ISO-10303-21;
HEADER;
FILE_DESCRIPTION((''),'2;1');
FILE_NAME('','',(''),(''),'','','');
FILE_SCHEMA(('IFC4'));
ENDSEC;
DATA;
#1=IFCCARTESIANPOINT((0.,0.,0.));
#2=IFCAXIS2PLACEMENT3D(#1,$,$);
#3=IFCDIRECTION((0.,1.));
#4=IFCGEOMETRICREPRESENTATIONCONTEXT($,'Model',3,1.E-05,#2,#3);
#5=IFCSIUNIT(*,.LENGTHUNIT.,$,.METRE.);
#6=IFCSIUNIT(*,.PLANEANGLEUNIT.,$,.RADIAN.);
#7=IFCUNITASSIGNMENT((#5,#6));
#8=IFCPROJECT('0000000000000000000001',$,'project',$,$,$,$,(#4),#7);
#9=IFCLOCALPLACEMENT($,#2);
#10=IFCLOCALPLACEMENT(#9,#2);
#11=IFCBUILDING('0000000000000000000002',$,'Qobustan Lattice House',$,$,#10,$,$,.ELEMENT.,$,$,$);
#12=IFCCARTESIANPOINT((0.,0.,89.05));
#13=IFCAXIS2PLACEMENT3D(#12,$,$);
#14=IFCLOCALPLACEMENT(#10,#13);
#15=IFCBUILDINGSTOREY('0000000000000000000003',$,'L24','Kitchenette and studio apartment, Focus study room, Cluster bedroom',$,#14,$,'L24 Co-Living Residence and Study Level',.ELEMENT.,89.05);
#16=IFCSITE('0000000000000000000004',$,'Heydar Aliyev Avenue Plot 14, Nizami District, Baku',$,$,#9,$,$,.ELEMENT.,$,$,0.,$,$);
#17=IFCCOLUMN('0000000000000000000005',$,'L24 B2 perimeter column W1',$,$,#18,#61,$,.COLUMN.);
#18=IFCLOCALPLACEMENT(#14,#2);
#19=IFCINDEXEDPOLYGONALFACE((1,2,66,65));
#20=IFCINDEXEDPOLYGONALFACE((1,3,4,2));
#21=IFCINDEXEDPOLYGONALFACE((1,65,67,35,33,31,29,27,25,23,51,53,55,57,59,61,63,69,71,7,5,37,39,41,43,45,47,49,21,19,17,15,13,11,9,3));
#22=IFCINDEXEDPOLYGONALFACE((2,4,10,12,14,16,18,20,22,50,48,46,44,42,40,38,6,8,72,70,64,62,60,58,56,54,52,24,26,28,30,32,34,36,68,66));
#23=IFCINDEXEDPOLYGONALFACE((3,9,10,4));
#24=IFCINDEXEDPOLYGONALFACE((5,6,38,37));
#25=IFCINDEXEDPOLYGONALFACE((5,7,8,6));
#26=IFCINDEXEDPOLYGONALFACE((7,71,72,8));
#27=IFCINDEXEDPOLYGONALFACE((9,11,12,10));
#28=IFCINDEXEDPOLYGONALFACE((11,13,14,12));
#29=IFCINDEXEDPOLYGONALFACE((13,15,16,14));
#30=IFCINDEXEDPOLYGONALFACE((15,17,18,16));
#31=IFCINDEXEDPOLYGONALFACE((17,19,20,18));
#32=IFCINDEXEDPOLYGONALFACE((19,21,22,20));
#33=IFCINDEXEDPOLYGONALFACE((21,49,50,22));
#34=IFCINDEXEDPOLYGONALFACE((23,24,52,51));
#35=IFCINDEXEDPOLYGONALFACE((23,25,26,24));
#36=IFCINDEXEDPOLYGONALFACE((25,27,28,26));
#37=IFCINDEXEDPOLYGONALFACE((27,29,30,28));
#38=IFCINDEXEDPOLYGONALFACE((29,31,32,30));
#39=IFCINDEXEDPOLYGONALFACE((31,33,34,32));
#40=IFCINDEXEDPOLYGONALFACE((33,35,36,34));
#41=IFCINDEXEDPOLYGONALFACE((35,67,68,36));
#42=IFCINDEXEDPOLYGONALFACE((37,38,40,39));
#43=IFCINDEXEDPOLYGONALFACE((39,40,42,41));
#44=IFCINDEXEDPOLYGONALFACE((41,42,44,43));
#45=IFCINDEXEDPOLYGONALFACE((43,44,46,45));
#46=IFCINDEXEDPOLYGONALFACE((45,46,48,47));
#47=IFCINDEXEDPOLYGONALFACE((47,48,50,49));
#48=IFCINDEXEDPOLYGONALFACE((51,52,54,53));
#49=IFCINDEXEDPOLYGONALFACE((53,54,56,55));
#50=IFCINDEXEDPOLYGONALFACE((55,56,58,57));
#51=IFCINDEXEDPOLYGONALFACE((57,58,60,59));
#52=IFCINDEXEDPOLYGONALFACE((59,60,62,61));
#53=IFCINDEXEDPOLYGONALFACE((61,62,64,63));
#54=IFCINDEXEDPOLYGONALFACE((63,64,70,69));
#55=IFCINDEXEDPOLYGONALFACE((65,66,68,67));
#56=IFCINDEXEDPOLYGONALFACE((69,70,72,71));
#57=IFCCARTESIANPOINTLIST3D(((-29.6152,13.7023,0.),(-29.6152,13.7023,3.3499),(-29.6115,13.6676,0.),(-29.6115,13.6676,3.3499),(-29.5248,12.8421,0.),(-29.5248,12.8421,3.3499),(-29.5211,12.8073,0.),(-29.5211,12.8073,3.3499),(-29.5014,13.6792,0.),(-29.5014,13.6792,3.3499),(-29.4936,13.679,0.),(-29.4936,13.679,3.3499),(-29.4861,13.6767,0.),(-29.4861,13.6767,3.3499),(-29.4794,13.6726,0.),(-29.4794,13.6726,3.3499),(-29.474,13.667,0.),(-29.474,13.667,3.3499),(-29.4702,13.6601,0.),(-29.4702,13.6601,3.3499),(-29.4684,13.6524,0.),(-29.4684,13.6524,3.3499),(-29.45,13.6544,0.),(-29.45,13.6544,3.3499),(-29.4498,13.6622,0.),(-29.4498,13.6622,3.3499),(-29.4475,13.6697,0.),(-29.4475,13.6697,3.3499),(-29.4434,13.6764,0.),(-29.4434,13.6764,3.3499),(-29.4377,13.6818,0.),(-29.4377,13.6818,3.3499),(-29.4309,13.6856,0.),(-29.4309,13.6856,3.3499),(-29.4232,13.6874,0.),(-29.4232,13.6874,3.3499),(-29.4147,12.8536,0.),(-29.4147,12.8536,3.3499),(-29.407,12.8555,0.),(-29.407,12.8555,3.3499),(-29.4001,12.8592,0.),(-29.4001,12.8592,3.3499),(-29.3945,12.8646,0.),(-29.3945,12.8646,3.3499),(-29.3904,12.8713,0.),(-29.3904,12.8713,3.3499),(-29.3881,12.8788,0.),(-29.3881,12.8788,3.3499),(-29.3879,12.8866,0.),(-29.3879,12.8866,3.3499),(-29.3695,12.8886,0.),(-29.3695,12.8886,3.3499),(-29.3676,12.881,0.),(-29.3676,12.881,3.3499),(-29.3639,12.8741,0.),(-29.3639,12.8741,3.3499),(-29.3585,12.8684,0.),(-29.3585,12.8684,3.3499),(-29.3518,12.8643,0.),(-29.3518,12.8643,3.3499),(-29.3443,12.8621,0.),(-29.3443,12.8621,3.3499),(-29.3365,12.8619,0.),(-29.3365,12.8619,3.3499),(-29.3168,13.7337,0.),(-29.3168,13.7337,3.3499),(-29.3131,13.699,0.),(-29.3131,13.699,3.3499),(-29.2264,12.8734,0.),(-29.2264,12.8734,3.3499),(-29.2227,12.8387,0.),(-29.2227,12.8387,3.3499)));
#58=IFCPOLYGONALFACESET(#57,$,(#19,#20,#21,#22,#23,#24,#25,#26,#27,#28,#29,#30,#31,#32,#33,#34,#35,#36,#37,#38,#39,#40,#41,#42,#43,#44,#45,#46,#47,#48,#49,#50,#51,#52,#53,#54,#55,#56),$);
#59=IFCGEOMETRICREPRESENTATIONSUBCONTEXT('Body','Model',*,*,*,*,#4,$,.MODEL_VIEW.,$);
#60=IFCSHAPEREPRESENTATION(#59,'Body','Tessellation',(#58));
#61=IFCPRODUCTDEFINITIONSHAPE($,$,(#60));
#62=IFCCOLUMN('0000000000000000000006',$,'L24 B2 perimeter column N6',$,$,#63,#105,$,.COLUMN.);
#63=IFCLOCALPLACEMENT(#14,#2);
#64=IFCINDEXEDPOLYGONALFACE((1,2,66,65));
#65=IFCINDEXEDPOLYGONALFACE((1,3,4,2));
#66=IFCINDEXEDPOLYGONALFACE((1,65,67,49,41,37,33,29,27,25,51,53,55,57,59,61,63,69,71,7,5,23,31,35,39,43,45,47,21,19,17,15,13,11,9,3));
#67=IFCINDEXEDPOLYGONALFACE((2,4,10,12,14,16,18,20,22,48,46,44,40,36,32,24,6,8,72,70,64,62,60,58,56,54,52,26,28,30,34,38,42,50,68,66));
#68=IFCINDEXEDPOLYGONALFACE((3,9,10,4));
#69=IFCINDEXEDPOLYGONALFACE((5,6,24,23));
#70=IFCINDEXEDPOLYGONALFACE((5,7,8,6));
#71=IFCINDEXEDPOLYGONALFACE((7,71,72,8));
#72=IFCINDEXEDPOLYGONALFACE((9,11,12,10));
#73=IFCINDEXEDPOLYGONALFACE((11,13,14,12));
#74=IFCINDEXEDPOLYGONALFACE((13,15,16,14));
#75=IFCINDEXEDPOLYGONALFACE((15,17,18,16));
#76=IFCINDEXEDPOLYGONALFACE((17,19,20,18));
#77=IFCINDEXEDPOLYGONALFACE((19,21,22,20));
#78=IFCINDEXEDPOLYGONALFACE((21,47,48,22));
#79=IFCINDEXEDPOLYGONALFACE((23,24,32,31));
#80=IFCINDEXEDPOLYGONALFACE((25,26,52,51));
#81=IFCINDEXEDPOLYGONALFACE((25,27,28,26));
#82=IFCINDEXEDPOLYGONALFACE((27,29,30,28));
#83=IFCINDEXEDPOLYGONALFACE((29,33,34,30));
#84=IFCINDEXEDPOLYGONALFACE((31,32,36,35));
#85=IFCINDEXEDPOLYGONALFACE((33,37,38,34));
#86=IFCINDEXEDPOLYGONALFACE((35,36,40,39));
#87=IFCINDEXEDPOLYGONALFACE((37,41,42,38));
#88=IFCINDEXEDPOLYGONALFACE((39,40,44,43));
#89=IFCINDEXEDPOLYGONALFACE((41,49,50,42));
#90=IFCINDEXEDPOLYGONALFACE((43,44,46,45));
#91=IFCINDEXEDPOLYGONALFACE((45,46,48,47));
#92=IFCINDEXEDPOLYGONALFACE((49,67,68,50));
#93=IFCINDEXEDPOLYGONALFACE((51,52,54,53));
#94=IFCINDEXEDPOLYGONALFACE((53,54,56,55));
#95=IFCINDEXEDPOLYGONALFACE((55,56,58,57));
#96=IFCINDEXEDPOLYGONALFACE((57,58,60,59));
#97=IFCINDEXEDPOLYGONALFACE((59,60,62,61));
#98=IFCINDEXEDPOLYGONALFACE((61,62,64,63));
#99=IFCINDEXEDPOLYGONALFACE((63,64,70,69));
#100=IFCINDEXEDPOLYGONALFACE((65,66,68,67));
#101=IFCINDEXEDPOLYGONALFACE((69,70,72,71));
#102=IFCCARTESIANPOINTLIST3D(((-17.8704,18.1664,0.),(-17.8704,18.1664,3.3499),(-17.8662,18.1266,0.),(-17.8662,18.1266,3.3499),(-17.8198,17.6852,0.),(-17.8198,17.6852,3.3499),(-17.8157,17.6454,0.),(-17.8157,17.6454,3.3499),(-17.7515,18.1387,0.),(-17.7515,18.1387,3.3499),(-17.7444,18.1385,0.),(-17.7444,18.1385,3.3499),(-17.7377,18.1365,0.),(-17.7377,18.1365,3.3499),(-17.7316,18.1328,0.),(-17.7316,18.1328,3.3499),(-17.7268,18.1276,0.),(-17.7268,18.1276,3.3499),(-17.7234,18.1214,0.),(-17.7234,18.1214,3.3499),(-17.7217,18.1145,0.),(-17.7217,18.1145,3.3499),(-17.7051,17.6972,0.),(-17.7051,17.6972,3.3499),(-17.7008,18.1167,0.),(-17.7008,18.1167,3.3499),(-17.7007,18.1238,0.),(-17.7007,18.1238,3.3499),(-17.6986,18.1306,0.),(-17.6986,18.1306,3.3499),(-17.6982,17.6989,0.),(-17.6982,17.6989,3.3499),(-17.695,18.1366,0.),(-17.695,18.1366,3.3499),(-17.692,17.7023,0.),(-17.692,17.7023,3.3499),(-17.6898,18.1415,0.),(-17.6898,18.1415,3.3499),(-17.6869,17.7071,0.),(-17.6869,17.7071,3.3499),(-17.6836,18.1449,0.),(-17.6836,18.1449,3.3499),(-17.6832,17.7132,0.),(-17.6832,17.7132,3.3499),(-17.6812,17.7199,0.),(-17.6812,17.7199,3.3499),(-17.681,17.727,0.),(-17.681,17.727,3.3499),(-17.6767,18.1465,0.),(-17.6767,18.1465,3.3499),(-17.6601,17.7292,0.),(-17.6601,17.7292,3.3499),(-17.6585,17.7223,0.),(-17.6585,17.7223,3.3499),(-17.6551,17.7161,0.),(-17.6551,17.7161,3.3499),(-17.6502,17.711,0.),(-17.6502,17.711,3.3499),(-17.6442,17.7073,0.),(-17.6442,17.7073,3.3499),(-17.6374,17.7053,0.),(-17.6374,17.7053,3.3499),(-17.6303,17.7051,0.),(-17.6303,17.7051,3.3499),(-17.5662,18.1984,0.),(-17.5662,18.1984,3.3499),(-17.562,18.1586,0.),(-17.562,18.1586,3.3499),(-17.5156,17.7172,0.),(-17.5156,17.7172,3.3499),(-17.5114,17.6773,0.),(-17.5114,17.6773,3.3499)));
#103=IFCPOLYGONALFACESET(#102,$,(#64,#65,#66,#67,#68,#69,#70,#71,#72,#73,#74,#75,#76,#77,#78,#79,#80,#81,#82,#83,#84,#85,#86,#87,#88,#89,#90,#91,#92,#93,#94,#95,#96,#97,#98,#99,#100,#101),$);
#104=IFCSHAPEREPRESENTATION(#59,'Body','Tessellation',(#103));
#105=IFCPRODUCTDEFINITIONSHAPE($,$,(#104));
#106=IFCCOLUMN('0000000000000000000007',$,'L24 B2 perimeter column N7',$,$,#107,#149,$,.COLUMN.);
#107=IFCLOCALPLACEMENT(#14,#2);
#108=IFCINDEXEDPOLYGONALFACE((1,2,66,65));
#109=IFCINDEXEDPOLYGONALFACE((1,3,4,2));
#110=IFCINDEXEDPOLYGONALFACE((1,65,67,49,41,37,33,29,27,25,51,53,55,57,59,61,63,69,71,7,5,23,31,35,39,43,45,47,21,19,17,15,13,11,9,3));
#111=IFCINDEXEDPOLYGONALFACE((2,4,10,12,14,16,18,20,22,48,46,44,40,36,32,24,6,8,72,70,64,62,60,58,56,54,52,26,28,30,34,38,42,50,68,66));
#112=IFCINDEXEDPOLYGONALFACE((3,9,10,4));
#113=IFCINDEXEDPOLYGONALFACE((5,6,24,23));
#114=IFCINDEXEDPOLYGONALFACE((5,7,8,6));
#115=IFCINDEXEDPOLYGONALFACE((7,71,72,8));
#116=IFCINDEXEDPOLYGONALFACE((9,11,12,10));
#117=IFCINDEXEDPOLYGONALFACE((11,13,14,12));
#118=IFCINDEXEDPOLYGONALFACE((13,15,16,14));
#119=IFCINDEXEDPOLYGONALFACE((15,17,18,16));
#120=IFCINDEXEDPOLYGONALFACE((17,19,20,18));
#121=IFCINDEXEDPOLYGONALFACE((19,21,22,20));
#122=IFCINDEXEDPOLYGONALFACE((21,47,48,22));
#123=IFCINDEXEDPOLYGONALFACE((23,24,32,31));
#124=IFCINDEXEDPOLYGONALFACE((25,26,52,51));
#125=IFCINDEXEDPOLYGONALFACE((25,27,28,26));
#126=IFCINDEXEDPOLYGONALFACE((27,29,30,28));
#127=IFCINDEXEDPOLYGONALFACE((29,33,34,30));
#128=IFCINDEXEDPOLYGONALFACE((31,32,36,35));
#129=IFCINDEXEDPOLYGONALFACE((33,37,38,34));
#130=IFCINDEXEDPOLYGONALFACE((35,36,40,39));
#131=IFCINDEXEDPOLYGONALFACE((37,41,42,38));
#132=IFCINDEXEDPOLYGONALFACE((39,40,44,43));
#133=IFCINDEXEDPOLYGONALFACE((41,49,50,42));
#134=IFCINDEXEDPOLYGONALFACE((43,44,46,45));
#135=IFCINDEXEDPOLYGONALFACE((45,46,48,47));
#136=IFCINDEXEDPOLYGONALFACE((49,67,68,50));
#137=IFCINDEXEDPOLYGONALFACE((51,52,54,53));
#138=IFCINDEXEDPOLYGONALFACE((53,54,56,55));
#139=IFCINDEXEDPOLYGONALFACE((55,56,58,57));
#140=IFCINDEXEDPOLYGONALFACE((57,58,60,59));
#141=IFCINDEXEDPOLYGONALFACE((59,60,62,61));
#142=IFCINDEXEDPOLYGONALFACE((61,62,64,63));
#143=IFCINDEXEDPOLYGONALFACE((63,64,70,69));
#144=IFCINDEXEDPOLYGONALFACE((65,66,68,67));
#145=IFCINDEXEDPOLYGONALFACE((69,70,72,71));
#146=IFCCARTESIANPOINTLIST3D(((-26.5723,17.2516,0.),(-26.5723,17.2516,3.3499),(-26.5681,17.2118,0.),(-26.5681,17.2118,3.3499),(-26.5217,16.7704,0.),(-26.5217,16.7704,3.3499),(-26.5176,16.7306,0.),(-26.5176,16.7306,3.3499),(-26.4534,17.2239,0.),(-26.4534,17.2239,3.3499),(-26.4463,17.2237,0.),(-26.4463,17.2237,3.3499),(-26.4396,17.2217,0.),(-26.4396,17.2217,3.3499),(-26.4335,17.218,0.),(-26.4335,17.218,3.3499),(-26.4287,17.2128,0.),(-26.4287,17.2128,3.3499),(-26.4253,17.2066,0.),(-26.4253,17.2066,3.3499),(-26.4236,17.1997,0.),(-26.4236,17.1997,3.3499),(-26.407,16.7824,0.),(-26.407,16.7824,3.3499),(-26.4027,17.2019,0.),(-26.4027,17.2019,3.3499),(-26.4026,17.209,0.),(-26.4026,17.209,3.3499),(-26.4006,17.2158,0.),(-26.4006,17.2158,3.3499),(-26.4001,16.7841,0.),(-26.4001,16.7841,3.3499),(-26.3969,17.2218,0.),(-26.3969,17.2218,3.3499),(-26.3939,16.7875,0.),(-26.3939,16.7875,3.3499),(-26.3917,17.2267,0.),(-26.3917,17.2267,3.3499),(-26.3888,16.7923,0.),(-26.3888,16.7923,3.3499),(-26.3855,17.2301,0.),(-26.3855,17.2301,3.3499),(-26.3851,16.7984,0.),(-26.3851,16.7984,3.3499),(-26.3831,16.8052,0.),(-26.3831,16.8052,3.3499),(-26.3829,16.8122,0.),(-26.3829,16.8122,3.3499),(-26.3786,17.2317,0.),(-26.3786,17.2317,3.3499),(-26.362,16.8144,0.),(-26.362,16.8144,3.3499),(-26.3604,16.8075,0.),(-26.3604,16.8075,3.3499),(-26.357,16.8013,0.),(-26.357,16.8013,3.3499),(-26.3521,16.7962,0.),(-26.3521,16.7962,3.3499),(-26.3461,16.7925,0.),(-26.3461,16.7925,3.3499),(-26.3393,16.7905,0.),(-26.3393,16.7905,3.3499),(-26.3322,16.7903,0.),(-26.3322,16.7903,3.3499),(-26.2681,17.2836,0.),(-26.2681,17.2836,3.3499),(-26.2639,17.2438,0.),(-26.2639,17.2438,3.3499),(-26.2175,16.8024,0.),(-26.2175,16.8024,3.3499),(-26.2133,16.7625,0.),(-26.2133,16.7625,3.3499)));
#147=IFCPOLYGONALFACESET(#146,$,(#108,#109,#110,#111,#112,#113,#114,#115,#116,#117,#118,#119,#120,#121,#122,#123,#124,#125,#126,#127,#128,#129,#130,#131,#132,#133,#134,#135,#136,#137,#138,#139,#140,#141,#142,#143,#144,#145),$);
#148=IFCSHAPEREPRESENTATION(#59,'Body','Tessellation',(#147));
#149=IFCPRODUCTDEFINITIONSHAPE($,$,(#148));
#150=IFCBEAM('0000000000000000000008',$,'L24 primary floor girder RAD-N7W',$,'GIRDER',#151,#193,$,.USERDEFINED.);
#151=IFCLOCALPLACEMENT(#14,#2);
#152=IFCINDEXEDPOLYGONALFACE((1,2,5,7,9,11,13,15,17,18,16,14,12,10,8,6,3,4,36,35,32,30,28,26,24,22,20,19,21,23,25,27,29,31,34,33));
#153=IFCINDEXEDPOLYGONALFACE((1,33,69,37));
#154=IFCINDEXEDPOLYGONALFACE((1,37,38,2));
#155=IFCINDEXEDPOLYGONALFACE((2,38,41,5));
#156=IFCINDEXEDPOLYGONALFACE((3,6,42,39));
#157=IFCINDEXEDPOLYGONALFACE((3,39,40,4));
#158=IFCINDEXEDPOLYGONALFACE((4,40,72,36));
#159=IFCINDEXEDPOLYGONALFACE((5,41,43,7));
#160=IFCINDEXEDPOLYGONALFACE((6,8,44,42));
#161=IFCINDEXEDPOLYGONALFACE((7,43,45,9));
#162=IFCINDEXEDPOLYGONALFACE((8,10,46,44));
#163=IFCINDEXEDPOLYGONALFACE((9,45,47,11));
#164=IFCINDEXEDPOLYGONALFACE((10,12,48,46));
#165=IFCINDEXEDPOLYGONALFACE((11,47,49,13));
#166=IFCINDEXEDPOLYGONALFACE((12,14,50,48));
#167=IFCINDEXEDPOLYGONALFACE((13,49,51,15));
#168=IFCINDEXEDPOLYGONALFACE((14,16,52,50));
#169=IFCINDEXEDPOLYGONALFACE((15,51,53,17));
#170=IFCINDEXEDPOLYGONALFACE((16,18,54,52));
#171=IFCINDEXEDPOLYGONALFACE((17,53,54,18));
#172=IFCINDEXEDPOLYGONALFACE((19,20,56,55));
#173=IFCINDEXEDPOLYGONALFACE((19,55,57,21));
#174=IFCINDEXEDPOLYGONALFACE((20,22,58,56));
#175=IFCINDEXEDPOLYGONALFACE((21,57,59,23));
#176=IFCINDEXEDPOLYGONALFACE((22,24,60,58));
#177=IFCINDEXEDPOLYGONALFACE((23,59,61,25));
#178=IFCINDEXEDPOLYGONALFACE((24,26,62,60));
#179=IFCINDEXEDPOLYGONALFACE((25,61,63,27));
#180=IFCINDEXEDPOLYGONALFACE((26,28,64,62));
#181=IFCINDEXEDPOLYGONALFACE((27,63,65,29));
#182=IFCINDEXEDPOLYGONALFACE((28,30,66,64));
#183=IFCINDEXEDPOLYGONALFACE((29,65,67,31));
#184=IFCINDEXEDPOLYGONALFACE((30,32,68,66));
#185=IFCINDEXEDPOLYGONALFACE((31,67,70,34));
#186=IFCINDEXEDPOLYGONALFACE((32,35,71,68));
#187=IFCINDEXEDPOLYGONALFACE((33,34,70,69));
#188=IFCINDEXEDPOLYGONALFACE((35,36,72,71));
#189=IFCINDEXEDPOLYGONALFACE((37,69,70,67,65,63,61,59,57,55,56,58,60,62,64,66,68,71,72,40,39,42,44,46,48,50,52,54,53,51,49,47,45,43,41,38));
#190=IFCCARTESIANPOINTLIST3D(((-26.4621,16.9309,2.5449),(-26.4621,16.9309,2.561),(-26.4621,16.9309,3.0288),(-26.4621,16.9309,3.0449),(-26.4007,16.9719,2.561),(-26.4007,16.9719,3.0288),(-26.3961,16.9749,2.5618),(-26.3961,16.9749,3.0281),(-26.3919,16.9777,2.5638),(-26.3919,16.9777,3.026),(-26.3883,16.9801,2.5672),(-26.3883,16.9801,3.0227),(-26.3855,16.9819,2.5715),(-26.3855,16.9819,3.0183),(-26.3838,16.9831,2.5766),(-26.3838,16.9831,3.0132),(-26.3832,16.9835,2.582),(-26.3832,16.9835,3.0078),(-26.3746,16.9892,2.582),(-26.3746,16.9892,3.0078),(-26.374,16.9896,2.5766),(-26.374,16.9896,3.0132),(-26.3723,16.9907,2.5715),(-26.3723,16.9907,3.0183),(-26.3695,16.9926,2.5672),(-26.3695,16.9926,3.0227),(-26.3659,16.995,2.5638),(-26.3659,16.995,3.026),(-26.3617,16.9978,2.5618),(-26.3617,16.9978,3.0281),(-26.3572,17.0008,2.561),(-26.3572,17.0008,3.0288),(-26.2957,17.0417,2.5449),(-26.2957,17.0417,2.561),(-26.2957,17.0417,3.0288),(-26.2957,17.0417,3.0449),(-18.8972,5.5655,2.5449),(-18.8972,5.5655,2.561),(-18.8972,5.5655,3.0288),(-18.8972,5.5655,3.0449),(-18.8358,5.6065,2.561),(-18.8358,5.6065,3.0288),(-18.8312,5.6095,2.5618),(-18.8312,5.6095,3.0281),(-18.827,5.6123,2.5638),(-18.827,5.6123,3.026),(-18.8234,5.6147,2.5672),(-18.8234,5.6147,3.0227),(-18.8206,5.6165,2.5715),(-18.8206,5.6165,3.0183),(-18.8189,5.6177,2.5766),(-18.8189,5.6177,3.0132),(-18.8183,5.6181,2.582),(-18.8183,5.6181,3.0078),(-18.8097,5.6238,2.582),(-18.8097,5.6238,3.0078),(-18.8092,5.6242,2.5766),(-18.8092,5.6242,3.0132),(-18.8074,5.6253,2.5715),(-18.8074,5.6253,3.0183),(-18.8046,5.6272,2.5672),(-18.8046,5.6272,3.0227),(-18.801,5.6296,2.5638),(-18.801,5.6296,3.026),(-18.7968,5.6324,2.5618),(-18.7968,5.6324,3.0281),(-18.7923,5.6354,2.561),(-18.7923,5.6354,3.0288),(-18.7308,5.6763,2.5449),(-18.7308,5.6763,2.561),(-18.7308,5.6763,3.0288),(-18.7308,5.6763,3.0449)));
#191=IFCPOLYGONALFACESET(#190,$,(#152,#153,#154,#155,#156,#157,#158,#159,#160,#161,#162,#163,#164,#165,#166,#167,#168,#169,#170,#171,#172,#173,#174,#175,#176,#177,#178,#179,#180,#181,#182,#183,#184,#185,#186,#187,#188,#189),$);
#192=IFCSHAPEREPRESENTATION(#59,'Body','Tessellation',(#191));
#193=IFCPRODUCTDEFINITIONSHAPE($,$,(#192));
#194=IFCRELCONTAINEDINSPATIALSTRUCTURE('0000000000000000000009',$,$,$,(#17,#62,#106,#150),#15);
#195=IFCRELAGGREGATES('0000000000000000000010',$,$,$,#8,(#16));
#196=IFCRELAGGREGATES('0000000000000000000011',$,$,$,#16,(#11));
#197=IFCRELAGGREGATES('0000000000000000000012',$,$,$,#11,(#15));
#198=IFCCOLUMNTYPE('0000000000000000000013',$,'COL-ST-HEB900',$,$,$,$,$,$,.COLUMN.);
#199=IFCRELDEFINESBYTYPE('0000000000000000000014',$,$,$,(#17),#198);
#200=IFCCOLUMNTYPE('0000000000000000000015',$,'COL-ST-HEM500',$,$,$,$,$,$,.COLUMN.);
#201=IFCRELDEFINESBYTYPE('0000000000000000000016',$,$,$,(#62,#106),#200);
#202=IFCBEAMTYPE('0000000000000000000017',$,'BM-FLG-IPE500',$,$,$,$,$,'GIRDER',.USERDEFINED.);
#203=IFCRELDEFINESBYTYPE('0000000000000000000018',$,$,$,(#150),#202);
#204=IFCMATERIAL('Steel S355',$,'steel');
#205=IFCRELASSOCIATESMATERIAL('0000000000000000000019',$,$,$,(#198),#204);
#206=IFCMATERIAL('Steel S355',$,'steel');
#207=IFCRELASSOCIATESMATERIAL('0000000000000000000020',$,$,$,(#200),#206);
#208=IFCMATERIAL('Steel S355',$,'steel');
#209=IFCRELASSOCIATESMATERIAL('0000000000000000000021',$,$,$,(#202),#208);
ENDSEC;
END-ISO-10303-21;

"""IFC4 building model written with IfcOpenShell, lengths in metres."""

from ifc_helpers import new_model, si_unit, direction, frame, origin, origin_2d, place, context, subcontext, project, spatial, i_section, extrude, material, material_profile, profile_set, type_object, element, save


model = new_model("IFC4")

# Units and contexts
model_context = context("Model", 3, precision=1e-05, world=origin(), true_north=direction((0.0, 1.0)))
body_context = subcontext(model_context, "Body", "Model", "MODEL_VIEW")
ifc_project = project(units=[si_unit("LENGTHUNIT", "METRE"), si_unit("PLANEANGLEUNIT", "RADIAN")], contexts=[model_context])

# Site, building, storey
site_placement = place(None, origin())
site = spatial("IfcSite", under=ifc_project, at=site_placement, Name="Heydar Aliyev Avenue Plot 14, Nizami District, Baku", CompositionType="ELEMENT", RefElevation=0.0)
building_placement = place(site_placement, origin())
building = spatial("IfcBuilding", under=site, at=building_placement, Name="Qobustan Lattice House", CompositionType="ELEMENT")
storey_placement = place(building_placement, frame((0.0, 0.0, 89.05)))
storey = spatial("IfcBuildingStorey", under=building, at=storey_placement, Name="L24", Description="Kitchenette and studio apartment, Focus study room, Cluster bedroom", LongName="L24 Co-Living Residence and Study Level", CompositionType="ELEMENT", Elevation=89.05)

# Columns
ifc_material_1 = material(Name="Steel S355", Category="steel")
ifc_material_profile_1 = material_profile(ifc_material_1, i_section(OverallWidth=0.3, OverallDepth=0.8999, WebThickness=0.0186, FlangeThickness=0.0349, FilletRadius=0.03, at=origin_2d()), Name="HEB900")
ifc_profile_set_1 = profile_set([ifc_material_profile_1], Name="Steel S355")
column_type_1 = type_object("IfcColumnType", Name="COL-ST-HEB900", PredefinedType="COLUMN", material=ifc_profile_set_1)
column_placement = place(storey_placement, frame((-29.4189, 13.2705, 0.0), z_axis=(0.0, 0.0, 1.0), x_axis=(0.994522, 0.104528, 0.0)))
element("IfcColumn", 1, at=column_placement, inside=storey, type_object=column_type_1, Name="L24 B2 perimeter column W1", PredefinedType="COLUMN", context=body_context, shape_type="SweptSolid", body=[
    extrude(i_section(OverallWidth=0.3, OverallDepth=0.8999, WebThickness=0.0186, FlangeThickness=0.0349, FilletRadius=0.03, at=origin_2d()), origin(), (0.0, 0.0, 1.0), 3.3499),
])
ifc_material_2 = material(Name="Steel S355", Category="steel")
ifc_material_profile_2 = material_profile(ifc_material_2, i_section(OverallWidth=0.3059, OverallDepth=0.5239, WebThickness=0.021, FlangeThickness=0.04, FilletRadius=0.0271, at=origin_2d()), Name="HEM500")
ifc_profile_set_2 = profile_set([ifc_material_profile_2], Name="Steel S355")
column_type_2 = type_object("IfcColumnType", Name="COL-ST-HEM500", PredefinedType="COLUMN", material=ifc_profile_set_2)
for number, where, z_axis, x_axis, name in (
    (2, (-17.6909, 17.9219, 0.0), (0.0, 0.0, 1.0), (0.994522, 0.104528, 0.0), "L24 B2 perimeter column N6"),
    (3, (-26.3928, 17.0071, 0.0), (0.0, 0.0, 1.0), (0.994522, 0.104528, 0.0), "L24 B2 perimeter column N7"),
):
    element("IfcColumn", number, at=place(storey_placement, frame(where, z_axis=z_axis, x_axis=x_axis)), inside=storey, type_object=column_type_2, Name=name, PredefinedType="COLUMN", context=body_context, shape_type="SweptSolid", body=[
        extrude(i_section(OverallWidth=0.3059, OverallDepth=0.5239, WebThickness=0.021, FlangeThickness=0.04, FilletRadius=0.0271, at=origin_2d()), origin(), (0.0, 0.0, 1.0), 3.3499),
    ])

# Beam
ifc_material_3 = material(Name="Steel S355", Category="steel")
ifc_material_profile_3 = material_profile(ifc_material_3, i_section(OverallWidth=0.2, OverallDepth=0.5, WebThickness=0.0103, FlangeThickness=0.0161, FilletRadius=0.021, at=origin_2d()), Name="IPE500")
ifc_profile_set_3 = profile_set([ifc_material_profile_3], Name="Steel S355")
beam_type_1 = type_object("IfcBeamType", Name="BM-FLG-IPE500", ElementType="GIRDER", PredefinedType="USERDEFINED", material=ifc_profile_set_3)
beam_1_placement = place(storey_placement, frame((-26.3789, 16.9863, 2.7949), z_axis=(0.554089, -0.832457, 0.0), x_axis=(0.832457, 0.554089, 0.0)))
element("IfcBeam", 4, at=beam_1_placement, inside=storey, type_object=beam_type_1, Name="L24 primary floor girder RAD-N7W", ObjectType="GIRDER", PredefinedType="USERDEFINED", context=body_context, shape_type="SweptSolid", body=[
    extrude(i_section(OverallWidth=0.2, OverallDepth=0.5, WebThickness=0.0103, FlangeThickness=0.0161, FilletRadius=0.021, at=origin_2d()), origin(), (0.0, 0.0, 1.0), 13.6528),
])

save(model, "model.ifc")
